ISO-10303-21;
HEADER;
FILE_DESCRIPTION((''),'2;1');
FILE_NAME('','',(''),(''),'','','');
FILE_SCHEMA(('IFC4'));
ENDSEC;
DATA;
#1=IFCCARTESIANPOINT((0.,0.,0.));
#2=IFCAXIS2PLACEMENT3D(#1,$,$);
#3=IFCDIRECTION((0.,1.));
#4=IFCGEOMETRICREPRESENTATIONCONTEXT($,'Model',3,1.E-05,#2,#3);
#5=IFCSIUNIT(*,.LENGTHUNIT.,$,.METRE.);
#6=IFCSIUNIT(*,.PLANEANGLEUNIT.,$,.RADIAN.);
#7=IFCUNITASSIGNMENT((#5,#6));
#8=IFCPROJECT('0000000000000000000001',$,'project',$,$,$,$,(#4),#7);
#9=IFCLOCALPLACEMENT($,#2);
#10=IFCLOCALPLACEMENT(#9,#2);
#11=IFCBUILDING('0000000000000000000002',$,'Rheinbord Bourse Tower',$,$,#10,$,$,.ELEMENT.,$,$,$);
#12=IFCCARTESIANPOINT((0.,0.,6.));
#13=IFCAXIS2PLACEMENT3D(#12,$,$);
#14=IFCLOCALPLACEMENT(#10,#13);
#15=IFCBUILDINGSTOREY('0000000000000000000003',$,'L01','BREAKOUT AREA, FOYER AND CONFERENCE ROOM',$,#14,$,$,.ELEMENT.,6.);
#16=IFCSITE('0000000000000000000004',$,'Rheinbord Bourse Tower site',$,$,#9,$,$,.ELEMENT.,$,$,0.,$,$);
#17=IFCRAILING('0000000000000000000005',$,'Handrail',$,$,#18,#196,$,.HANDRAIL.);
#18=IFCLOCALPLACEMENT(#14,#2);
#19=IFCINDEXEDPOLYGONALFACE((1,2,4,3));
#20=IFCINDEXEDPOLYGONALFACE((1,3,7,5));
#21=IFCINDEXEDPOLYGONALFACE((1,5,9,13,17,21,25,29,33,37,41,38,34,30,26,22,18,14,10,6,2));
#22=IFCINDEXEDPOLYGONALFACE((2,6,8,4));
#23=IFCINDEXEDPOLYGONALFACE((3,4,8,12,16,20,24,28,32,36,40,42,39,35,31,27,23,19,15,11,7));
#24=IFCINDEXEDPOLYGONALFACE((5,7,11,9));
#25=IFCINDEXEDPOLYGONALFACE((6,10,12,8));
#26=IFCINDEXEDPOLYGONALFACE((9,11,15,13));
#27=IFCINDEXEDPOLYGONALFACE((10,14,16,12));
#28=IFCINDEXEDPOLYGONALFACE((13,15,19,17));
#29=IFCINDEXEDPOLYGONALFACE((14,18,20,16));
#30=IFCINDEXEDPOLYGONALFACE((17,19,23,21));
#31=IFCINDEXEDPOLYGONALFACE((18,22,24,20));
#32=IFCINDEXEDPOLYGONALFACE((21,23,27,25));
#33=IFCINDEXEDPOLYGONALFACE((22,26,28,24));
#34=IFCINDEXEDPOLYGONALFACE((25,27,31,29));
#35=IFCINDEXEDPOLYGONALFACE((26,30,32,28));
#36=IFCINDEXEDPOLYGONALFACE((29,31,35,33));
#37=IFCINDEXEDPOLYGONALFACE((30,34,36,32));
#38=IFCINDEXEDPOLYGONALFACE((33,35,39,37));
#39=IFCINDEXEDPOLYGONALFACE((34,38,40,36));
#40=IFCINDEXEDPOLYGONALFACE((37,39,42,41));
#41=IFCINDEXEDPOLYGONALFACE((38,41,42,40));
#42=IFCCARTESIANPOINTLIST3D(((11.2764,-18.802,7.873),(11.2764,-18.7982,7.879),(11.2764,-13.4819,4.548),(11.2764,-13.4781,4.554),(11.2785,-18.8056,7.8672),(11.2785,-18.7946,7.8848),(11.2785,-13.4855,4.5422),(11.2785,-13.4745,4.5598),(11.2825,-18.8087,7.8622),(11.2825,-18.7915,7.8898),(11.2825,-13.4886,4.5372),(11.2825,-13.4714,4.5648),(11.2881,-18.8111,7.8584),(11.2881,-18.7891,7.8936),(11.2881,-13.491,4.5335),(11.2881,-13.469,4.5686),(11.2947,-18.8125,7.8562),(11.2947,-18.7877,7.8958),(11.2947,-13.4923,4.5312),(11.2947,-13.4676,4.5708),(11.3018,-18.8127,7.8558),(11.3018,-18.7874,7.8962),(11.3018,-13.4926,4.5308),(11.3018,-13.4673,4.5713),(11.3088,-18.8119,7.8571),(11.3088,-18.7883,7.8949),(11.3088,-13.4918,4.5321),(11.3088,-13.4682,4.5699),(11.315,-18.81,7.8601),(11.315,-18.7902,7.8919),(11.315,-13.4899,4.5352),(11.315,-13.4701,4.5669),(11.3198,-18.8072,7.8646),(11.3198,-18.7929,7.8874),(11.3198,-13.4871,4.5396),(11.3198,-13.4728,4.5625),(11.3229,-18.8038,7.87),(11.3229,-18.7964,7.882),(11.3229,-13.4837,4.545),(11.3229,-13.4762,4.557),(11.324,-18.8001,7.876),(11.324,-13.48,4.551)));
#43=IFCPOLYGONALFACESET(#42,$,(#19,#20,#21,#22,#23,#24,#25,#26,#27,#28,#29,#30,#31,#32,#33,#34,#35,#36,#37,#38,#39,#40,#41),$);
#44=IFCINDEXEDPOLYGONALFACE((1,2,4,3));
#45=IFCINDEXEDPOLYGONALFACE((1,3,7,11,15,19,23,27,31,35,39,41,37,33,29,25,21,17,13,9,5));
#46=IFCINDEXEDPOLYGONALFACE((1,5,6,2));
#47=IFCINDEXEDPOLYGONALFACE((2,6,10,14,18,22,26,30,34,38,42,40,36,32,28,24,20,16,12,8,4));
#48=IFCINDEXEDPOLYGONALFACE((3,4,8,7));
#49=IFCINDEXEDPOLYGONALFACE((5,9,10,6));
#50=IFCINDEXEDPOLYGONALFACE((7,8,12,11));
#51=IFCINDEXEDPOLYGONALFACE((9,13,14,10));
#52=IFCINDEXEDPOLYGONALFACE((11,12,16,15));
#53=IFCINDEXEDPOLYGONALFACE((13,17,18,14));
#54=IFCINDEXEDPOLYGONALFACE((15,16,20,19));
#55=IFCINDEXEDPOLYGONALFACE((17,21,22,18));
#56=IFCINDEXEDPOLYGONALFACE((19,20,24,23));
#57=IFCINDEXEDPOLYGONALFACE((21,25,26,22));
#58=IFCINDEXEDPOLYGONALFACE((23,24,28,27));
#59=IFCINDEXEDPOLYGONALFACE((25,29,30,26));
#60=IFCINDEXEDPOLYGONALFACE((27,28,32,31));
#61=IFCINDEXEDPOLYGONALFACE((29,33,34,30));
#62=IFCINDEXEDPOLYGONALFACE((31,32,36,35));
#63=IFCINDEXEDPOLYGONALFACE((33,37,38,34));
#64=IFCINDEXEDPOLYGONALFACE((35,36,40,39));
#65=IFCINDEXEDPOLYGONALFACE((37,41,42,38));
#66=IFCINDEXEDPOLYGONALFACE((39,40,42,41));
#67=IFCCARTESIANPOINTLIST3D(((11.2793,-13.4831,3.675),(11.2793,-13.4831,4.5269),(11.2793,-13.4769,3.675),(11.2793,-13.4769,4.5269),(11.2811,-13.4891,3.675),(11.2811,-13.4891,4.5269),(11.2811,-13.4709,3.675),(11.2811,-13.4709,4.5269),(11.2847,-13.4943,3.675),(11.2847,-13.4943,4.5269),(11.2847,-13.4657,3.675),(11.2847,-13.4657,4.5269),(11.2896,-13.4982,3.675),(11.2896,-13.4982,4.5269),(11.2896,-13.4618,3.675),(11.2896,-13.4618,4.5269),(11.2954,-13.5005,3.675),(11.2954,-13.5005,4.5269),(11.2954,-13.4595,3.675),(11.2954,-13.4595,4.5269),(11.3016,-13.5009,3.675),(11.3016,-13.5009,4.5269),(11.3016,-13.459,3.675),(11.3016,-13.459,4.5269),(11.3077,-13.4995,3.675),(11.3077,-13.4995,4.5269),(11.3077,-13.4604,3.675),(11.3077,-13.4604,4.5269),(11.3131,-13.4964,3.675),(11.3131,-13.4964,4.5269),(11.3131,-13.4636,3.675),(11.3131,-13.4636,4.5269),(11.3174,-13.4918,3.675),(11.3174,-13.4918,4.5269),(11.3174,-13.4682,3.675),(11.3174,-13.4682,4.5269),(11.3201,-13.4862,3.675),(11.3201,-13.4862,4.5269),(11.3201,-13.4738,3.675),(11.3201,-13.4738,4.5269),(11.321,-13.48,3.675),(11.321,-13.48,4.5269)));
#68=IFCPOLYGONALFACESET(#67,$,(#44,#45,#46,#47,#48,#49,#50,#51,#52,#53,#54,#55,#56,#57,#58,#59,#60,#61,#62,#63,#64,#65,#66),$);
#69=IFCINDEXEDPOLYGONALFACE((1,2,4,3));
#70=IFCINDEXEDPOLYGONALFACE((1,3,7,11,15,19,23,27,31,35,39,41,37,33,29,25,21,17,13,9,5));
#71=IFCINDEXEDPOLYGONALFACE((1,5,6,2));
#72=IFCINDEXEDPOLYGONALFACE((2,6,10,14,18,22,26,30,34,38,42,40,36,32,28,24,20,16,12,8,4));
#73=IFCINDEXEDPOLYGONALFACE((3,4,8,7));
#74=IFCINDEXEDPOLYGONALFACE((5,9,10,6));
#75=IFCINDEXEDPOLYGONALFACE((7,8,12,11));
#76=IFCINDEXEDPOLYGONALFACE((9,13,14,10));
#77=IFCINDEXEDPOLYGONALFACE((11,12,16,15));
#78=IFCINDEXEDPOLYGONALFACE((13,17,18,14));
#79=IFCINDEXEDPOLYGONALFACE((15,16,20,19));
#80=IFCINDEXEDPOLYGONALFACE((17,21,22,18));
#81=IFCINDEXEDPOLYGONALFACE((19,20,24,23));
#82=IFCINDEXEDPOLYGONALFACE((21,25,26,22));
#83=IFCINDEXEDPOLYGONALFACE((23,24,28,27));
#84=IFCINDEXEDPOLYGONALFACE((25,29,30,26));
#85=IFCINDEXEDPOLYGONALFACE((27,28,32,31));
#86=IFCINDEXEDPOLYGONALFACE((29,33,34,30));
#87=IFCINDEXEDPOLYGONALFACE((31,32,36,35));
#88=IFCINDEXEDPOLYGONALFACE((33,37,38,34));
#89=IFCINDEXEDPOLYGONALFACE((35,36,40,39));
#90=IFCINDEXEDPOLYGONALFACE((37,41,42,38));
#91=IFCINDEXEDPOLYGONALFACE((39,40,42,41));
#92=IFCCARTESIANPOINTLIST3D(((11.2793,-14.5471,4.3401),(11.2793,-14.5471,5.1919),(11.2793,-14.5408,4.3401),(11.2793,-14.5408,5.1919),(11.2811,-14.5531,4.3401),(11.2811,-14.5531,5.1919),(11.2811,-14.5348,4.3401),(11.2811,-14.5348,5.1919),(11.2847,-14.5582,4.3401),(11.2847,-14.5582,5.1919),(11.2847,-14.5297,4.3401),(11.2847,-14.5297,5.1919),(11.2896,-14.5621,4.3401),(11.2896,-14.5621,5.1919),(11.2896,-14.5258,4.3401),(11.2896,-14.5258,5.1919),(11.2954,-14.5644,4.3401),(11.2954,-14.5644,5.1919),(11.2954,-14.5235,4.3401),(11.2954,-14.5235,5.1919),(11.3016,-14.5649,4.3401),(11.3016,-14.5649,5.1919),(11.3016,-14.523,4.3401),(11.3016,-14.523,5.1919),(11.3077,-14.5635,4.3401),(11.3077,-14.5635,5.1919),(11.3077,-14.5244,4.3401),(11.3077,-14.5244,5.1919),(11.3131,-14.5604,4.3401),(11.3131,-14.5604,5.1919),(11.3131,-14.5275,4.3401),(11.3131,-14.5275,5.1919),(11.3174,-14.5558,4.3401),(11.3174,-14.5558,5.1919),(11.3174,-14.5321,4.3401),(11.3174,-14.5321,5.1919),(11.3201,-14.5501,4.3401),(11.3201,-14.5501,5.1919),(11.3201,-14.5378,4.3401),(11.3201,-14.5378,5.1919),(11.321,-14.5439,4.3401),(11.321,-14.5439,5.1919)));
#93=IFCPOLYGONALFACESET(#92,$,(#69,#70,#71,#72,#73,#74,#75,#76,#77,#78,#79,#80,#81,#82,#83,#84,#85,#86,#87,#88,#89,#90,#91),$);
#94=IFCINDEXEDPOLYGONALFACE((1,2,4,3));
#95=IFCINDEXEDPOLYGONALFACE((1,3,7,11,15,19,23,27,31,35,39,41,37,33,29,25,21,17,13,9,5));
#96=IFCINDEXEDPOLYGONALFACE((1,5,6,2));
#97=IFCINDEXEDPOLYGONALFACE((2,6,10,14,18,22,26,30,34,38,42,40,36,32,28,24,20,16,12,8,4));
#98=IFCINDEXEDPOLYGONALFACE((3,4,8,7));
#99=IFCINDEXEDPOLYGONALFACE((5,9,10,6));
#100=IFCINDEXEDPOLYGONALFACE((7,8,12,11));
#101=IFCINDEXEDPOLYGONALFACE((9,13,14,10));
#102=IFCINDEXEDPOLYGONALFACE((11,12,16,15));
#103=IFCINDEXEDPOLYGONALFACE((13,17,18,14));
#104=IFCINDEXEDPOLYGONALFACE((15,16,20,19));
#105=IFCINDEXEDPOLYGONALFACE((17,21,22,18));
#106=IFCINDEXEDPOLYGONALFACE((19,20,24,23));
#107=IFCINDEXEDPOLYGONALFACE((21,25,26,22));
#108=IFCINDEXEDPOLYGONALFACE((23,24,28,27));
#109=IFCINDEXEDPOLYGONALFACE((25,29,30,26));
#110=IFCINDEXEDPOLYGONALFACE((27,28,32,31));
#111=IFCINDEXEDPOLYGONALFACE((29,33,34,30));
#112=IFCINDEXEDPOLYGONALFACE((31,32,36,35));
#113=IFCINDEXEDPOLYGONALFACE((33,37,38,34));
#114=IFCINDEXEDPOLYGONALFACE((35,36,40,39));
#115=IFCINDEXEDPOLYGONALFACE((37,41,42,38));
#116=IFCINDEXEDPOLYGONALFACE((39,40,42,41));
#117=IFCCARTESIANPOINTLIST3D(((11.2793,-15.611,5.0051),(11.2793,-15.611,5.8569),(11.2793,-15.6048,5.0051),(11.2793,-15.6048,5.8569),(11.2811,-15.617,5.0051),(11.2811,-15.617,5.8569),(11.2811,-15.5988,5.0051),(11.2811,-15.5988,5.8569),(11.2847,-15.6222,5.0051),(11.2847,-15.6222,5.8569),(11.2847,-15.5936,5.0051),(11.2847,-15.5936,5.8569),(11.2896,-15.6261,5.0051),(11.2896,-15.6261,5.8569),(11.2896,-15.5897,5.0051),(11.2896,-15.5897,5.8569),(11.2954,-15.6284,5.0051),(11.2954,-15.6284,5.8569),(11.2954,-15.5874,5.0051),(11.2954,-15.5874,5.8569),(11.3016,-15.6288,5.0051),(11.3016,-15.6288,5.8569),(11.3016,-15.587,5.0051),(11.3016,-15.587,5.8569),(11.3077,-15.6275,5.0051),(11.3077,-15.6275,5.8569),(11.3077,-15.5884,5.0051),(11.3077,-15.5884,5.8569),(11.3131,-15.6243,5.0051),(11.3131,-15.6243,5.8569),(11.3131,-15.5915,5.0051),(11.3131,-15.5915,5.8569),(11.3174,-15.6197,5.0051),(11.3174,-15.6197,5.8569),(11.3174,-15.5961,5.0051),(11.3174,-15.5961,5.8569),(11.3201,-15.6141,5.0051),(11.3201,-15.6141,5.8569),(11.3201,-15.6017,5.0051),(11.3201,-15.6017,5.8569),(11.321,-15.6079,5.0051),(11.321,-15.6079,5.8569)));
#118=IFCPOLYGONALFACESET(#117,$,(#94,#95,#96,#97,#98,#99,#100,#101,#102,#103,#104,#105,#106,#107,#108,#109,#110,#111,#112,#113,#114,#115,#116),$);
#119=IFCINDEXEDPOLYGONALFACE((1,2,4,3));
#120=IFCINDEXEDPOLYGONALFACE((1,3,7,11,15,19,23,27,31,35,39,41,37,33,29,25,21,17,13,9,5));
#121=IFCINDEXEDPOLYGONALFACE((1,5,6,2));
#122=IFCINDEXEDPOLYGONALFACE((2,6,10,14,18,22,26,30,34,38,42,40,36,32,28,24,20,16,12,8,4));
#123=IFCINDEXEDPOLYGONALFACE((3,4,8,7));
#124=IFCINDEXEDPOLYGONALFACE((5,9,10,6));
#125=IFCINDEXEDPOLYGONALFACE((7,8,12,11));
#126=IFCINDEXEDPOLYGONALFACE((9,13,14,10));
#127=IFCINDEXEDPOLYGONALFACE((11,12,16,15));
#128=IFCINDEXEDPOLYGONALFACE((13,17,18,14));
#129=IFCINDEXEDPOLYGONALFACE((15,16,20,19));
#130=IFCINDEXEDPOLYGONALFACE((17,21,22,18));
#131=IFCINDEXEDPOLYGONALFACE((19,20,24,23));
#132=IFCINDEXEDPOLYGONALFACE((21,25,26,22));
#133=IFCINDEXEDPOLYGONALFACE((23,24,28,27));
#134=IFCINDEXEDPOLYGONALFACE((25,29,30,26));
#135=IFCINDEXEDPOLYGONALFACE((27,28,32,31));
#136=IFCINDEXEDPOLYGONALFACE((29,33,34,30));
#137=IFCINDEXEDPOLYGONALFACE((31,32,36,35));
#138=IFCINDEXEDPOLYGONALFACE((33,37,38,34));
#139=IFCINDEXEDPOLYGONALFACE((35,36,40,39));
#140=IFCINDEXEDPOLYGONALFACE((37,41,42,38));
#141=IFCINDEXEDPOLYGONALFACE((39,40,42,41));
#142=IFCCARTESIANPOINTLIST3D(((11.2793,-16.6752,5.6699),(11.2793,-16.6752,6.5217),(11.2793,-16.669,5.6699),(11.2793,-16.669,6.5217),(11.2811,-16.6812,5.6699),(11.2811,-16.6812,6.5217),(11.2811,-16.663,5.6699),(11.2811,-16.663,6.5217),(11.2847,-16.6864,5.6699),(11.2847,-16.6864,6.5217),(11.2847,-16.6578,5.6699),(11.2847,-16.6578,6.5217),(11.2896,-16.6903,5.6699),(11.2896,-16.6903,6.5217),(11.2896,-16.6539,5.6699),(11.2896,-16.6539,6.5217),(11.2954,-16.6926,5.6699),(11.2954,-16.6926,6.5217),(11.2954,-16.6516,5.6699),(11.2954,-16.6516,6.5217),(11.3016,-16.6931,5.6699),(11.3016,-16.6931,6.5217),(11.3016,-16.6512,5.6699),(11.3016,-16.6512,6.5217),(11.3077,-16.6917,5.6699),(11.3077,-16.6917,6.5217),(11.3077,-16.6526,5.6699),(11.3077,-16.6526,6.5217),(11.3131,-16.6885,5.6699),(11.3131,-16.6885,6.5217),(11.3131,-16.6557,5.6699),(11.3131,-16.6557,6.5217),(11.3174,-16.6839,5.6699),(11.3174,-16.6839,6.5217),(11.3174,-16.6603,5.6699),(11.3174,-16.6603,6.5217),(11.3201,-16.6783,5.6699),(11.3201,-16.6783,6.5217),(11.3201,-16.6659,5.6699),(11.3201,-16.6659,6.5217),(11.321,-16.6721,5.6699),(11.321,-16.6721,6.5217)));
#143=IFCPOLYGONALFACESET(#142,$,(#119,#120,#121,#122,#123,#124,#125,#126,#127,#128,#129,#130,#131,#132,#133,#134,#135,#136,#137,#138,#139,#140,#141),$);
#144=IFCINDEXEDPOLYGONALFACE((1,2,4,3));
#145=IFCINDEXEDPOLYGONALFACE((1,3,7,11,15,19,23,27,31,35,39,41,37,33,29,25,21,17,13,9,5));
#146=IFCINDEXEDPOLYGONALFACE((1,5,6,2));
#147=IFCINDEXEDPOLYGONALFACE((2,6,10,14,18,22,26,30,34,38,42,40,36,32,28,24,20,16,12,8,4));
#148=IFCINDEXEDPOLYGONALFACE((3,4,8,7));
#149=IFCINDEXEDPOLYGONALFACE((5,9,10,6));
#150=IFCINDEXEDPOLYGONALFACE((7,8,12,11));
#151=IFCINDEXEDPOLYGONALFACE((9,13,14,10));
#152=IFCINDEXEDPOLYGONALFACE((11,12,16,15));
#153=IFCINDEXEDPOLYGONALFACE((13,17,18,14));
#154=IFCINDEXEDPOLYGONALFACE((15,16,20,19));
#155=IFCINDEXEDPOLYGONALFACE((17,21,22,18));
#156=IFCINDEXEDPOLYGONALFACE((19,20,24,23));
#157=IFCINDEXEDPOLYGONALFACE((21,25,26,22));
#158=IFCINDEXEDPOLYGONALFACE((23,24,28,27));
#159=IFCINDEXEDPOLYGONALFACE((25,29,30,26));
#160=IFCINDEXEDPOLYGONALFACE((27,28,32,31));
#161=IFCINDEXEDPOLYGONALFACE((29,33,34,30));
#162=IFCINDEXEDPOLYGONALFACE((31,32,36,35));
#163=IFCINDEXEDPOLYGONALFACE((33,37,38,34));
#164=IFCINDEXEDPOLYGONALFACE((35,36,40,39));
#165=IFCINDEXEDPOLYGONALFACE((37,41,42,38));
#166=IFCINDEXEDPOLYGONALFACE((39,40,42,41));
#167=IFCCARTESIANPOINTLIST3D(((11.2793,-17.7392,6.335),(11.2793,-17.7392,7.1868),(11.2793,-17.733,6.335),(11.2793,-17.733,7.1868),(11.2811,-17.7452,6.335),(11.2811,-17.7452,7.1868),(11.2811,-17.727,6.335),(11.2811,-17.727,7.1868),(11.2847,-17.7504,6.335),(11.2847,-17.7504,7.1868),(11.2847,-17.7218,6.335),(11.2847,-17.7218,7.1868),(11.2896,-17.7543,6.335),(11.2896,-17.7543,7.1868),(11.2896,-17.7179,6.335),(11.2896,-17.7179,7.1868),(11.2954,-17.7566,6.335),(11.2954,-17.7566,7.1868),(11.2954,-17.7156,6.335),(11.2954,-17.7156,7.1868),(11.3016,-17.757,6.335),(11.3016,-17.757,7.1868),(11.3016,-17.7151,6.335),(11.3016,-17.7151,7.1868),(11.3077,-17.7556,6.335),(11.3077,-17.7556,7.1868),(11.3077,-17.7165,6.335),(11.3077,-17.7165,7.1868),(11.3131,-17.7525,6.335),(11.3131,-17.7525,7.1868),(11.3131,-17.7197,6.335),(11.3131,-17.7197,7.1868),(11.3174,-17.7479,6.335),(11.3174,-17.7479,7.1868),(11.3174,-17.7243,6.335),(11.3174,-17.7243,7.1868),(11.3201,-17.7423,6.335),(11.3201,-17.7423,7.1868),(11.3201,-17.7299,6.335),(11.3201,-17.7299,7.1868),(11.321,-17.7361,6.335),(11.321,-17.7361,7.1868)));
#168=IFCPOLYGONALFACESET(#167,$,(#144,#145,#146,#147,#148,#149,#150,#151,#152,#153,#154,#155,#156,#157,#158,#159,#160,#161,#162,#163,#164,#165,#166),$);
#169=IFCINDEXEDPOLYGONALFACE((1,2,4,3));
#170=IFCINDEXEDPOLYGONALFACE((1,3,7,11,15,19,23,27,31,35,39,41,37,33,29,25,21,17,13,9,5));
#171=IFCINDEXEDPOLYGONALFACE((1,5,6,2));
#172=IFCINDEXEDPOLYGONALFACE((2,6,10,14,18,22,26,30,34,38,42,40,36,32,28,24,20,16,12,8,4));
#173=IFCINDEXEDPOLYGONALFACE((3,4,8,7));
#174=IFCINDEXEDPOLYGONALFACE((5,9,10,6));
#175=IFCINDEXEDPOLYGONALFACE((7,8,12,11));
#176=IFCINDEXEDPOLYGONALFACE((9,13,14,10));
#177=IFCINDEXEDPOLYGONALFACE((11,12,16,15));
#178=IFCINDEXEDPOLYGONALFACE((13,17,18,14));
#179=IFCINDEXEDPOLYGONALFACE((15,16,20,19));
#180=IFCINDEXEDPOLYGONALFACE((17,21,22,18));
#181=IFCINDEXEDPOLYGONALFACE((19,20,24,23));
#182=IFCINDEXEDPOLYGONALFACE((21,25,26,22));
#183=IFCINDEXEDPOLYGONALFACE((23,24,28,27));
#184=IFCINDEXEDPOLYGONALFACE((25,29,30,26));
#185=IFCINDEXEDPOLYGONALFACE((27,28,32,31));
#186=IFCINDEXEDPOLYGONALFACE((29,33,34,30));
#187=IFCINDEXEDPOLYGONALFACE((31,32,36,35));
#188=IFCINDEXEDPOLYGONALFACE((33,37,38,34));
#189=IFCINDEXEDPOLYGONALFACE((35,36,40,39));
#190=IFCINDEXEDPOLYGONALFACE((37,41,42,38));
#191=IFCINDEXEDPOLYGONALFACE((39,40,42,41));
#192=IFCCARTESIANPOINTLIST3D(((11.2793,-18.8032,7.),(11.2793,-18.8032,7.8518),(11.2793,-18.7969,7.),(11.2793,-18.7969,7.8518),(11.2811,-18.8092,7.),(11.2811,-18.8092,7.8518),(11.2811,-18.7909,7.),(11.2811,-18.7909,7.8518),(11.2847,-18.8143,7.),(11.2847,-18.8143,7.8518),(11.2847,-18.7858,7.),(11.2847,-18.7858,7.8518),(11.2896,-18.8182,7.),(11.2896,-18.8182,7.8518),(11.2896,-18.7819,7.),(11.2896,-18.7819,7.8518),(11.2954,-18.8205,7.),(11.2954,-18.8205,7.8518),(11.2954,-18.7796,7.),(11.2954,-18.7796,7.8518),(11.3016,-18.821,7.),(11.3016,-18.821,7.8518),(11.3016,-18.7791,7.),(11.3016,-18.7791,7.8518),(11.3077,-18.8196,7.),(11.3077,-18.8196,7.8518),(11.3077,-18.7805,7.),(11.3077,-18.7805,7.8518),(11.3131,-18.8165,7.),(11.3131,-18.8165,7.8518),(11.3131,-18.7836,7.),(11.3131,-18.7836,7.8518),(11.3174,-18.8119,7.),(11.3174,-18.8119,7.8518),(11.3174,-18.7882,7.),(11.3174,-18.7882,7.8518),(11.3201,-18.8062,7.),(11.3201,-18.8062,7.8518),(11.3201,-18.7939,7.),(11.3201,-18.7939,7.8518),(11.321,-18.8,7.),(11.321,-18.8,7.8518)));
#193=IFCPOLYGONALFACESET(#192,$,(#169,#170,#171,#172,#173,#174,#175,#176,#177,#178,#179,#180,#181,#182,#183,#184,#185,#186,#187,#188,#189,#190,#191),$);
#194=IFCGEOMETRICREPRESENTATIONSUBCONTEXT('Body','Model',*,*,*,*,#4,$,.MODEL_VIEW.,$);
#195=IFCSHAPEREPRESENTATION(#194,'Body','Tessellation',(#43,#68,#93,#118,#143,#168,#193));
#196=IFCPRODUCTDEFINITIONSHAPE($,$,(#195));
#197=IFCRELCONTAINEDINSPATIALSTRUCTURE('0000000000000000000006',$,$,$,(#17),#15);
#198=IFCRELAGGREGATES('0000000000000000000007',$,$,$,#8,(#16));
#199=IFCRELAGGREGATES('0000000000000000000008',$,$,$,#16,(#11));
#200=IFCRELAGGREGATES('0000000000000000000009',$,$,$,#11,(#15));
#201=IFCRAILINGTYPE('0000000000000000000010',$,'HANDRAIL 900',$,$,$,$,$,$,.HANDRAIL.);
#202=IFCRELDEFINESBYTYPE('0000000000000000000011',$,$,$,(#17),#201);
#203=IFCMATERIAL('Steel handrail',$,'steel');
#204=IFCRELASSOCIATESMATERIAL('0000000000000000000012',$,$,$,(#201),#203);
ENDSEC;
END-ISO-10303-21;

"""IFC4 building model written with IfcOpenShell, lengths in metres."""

from ifc_helpers import new_model, si_unit, direction, frame, origin, origin_2d, place, context, subcontext, project, spatial, circle, extrude, material, type_object, element, save


model = new_model("IFC4")

# Units and contexts
model_context = context("Model", 3, precision=1e-05, world=origin(), true_north=direction((0.0, 1.0)))
body_context = subcontext(model_context, "Body", "Model", "MODEL_VIEW")
ifc_project = project(units=[si_unit("LENGTHUNIT", "METRE"), si_unit("PLANEANGLEUNIT", "RADIAN")], contexts=[model_context])

# Site, building, storey
site_placement = place(None, origin())
site = spatial("IfcSite", under=ifc_project, at=site_placement, Name="Rheinbord Bourse Tower site", CompositionType="ELEMENT", RefElevation=0.0)
building_placement = place(site_placement, origin())
building = spatial("IfcBuilding", under=site, at=building_placement, Name="Rheinbord Bourse Tower", CompositionType="ELEMENT")
storey_placement = place(building_placement, frame((0.0, 0.0, 6.0)))
storey = spatial("IfcBuildingStorey", under=building, at=storey_placement, Name="L01", Description="BREAKOUT AREA, FOYER AND CONFERENCE ROOM", CompositionType="ELEMENT", Elevation=6.0)

# Railing
ifc_material_1 = material(Name="Steel handrail", Category="steel")
railing_type_1 = type_object("IfcRailingType", Name="HANDRAIL 900", PredefinedType="HANDRAIL", material=ifc_material_1)
railing_1_placement = place(storey_placement, frame((11.3, -13.48, 3.675)))
element("IfcRailing", 1, at=railing_1_placement, inside=storey, type_object=railing_type_1, Name="Handrail", PredefinedType="HANDRAIL", context=body_context, shape_type="SweptSolid", body=[
    extrude(circle(Radius=0.0239, at=origin_2d()), frame((0.0, 0.0, 0.876), z_axis=(0.0, -0.848005, 0.529988), x_axis=(1.0, 0.0, 0.0)), (0.0, 0.0, 1.0), 6.2737),
    extrude(circle(Radius=0.021, at=origin_2d()), origin(), (0.0, 0.0, 1.0), 0.8518),
    extrude(circle(Radius=0.021, at=origin_2d()), frame((0.0, -1.064, 0.665)), (0.0, 0.0, 1.0), 0.8518),
    extrude(circle(Radius=0.021, at=origin_2d()), frame((0.0, -2.1279, 1.3301)), (0.0, 0.0, 1.0), 0.8518),
    extrude(circle(Radius=0.021, at=origin_2d()), frame((0.0, -3.1921, 1.9949)), (0.0, 0.0, 1.0), 0.8518),
    extrude(circle(Radius=0.021, at=origin_2d()), frame((0.0, -4.2561, 2.6599)), (0.0, 0.0, 1.0), 0.8518),
    extrude(circle(Radius=0.021, at=origin_2d()), frame((0.0, -5.3201, 3.325)), (0.0, 0.0, 1.0), 0.8518),
])

save(model, "model.ifc")
